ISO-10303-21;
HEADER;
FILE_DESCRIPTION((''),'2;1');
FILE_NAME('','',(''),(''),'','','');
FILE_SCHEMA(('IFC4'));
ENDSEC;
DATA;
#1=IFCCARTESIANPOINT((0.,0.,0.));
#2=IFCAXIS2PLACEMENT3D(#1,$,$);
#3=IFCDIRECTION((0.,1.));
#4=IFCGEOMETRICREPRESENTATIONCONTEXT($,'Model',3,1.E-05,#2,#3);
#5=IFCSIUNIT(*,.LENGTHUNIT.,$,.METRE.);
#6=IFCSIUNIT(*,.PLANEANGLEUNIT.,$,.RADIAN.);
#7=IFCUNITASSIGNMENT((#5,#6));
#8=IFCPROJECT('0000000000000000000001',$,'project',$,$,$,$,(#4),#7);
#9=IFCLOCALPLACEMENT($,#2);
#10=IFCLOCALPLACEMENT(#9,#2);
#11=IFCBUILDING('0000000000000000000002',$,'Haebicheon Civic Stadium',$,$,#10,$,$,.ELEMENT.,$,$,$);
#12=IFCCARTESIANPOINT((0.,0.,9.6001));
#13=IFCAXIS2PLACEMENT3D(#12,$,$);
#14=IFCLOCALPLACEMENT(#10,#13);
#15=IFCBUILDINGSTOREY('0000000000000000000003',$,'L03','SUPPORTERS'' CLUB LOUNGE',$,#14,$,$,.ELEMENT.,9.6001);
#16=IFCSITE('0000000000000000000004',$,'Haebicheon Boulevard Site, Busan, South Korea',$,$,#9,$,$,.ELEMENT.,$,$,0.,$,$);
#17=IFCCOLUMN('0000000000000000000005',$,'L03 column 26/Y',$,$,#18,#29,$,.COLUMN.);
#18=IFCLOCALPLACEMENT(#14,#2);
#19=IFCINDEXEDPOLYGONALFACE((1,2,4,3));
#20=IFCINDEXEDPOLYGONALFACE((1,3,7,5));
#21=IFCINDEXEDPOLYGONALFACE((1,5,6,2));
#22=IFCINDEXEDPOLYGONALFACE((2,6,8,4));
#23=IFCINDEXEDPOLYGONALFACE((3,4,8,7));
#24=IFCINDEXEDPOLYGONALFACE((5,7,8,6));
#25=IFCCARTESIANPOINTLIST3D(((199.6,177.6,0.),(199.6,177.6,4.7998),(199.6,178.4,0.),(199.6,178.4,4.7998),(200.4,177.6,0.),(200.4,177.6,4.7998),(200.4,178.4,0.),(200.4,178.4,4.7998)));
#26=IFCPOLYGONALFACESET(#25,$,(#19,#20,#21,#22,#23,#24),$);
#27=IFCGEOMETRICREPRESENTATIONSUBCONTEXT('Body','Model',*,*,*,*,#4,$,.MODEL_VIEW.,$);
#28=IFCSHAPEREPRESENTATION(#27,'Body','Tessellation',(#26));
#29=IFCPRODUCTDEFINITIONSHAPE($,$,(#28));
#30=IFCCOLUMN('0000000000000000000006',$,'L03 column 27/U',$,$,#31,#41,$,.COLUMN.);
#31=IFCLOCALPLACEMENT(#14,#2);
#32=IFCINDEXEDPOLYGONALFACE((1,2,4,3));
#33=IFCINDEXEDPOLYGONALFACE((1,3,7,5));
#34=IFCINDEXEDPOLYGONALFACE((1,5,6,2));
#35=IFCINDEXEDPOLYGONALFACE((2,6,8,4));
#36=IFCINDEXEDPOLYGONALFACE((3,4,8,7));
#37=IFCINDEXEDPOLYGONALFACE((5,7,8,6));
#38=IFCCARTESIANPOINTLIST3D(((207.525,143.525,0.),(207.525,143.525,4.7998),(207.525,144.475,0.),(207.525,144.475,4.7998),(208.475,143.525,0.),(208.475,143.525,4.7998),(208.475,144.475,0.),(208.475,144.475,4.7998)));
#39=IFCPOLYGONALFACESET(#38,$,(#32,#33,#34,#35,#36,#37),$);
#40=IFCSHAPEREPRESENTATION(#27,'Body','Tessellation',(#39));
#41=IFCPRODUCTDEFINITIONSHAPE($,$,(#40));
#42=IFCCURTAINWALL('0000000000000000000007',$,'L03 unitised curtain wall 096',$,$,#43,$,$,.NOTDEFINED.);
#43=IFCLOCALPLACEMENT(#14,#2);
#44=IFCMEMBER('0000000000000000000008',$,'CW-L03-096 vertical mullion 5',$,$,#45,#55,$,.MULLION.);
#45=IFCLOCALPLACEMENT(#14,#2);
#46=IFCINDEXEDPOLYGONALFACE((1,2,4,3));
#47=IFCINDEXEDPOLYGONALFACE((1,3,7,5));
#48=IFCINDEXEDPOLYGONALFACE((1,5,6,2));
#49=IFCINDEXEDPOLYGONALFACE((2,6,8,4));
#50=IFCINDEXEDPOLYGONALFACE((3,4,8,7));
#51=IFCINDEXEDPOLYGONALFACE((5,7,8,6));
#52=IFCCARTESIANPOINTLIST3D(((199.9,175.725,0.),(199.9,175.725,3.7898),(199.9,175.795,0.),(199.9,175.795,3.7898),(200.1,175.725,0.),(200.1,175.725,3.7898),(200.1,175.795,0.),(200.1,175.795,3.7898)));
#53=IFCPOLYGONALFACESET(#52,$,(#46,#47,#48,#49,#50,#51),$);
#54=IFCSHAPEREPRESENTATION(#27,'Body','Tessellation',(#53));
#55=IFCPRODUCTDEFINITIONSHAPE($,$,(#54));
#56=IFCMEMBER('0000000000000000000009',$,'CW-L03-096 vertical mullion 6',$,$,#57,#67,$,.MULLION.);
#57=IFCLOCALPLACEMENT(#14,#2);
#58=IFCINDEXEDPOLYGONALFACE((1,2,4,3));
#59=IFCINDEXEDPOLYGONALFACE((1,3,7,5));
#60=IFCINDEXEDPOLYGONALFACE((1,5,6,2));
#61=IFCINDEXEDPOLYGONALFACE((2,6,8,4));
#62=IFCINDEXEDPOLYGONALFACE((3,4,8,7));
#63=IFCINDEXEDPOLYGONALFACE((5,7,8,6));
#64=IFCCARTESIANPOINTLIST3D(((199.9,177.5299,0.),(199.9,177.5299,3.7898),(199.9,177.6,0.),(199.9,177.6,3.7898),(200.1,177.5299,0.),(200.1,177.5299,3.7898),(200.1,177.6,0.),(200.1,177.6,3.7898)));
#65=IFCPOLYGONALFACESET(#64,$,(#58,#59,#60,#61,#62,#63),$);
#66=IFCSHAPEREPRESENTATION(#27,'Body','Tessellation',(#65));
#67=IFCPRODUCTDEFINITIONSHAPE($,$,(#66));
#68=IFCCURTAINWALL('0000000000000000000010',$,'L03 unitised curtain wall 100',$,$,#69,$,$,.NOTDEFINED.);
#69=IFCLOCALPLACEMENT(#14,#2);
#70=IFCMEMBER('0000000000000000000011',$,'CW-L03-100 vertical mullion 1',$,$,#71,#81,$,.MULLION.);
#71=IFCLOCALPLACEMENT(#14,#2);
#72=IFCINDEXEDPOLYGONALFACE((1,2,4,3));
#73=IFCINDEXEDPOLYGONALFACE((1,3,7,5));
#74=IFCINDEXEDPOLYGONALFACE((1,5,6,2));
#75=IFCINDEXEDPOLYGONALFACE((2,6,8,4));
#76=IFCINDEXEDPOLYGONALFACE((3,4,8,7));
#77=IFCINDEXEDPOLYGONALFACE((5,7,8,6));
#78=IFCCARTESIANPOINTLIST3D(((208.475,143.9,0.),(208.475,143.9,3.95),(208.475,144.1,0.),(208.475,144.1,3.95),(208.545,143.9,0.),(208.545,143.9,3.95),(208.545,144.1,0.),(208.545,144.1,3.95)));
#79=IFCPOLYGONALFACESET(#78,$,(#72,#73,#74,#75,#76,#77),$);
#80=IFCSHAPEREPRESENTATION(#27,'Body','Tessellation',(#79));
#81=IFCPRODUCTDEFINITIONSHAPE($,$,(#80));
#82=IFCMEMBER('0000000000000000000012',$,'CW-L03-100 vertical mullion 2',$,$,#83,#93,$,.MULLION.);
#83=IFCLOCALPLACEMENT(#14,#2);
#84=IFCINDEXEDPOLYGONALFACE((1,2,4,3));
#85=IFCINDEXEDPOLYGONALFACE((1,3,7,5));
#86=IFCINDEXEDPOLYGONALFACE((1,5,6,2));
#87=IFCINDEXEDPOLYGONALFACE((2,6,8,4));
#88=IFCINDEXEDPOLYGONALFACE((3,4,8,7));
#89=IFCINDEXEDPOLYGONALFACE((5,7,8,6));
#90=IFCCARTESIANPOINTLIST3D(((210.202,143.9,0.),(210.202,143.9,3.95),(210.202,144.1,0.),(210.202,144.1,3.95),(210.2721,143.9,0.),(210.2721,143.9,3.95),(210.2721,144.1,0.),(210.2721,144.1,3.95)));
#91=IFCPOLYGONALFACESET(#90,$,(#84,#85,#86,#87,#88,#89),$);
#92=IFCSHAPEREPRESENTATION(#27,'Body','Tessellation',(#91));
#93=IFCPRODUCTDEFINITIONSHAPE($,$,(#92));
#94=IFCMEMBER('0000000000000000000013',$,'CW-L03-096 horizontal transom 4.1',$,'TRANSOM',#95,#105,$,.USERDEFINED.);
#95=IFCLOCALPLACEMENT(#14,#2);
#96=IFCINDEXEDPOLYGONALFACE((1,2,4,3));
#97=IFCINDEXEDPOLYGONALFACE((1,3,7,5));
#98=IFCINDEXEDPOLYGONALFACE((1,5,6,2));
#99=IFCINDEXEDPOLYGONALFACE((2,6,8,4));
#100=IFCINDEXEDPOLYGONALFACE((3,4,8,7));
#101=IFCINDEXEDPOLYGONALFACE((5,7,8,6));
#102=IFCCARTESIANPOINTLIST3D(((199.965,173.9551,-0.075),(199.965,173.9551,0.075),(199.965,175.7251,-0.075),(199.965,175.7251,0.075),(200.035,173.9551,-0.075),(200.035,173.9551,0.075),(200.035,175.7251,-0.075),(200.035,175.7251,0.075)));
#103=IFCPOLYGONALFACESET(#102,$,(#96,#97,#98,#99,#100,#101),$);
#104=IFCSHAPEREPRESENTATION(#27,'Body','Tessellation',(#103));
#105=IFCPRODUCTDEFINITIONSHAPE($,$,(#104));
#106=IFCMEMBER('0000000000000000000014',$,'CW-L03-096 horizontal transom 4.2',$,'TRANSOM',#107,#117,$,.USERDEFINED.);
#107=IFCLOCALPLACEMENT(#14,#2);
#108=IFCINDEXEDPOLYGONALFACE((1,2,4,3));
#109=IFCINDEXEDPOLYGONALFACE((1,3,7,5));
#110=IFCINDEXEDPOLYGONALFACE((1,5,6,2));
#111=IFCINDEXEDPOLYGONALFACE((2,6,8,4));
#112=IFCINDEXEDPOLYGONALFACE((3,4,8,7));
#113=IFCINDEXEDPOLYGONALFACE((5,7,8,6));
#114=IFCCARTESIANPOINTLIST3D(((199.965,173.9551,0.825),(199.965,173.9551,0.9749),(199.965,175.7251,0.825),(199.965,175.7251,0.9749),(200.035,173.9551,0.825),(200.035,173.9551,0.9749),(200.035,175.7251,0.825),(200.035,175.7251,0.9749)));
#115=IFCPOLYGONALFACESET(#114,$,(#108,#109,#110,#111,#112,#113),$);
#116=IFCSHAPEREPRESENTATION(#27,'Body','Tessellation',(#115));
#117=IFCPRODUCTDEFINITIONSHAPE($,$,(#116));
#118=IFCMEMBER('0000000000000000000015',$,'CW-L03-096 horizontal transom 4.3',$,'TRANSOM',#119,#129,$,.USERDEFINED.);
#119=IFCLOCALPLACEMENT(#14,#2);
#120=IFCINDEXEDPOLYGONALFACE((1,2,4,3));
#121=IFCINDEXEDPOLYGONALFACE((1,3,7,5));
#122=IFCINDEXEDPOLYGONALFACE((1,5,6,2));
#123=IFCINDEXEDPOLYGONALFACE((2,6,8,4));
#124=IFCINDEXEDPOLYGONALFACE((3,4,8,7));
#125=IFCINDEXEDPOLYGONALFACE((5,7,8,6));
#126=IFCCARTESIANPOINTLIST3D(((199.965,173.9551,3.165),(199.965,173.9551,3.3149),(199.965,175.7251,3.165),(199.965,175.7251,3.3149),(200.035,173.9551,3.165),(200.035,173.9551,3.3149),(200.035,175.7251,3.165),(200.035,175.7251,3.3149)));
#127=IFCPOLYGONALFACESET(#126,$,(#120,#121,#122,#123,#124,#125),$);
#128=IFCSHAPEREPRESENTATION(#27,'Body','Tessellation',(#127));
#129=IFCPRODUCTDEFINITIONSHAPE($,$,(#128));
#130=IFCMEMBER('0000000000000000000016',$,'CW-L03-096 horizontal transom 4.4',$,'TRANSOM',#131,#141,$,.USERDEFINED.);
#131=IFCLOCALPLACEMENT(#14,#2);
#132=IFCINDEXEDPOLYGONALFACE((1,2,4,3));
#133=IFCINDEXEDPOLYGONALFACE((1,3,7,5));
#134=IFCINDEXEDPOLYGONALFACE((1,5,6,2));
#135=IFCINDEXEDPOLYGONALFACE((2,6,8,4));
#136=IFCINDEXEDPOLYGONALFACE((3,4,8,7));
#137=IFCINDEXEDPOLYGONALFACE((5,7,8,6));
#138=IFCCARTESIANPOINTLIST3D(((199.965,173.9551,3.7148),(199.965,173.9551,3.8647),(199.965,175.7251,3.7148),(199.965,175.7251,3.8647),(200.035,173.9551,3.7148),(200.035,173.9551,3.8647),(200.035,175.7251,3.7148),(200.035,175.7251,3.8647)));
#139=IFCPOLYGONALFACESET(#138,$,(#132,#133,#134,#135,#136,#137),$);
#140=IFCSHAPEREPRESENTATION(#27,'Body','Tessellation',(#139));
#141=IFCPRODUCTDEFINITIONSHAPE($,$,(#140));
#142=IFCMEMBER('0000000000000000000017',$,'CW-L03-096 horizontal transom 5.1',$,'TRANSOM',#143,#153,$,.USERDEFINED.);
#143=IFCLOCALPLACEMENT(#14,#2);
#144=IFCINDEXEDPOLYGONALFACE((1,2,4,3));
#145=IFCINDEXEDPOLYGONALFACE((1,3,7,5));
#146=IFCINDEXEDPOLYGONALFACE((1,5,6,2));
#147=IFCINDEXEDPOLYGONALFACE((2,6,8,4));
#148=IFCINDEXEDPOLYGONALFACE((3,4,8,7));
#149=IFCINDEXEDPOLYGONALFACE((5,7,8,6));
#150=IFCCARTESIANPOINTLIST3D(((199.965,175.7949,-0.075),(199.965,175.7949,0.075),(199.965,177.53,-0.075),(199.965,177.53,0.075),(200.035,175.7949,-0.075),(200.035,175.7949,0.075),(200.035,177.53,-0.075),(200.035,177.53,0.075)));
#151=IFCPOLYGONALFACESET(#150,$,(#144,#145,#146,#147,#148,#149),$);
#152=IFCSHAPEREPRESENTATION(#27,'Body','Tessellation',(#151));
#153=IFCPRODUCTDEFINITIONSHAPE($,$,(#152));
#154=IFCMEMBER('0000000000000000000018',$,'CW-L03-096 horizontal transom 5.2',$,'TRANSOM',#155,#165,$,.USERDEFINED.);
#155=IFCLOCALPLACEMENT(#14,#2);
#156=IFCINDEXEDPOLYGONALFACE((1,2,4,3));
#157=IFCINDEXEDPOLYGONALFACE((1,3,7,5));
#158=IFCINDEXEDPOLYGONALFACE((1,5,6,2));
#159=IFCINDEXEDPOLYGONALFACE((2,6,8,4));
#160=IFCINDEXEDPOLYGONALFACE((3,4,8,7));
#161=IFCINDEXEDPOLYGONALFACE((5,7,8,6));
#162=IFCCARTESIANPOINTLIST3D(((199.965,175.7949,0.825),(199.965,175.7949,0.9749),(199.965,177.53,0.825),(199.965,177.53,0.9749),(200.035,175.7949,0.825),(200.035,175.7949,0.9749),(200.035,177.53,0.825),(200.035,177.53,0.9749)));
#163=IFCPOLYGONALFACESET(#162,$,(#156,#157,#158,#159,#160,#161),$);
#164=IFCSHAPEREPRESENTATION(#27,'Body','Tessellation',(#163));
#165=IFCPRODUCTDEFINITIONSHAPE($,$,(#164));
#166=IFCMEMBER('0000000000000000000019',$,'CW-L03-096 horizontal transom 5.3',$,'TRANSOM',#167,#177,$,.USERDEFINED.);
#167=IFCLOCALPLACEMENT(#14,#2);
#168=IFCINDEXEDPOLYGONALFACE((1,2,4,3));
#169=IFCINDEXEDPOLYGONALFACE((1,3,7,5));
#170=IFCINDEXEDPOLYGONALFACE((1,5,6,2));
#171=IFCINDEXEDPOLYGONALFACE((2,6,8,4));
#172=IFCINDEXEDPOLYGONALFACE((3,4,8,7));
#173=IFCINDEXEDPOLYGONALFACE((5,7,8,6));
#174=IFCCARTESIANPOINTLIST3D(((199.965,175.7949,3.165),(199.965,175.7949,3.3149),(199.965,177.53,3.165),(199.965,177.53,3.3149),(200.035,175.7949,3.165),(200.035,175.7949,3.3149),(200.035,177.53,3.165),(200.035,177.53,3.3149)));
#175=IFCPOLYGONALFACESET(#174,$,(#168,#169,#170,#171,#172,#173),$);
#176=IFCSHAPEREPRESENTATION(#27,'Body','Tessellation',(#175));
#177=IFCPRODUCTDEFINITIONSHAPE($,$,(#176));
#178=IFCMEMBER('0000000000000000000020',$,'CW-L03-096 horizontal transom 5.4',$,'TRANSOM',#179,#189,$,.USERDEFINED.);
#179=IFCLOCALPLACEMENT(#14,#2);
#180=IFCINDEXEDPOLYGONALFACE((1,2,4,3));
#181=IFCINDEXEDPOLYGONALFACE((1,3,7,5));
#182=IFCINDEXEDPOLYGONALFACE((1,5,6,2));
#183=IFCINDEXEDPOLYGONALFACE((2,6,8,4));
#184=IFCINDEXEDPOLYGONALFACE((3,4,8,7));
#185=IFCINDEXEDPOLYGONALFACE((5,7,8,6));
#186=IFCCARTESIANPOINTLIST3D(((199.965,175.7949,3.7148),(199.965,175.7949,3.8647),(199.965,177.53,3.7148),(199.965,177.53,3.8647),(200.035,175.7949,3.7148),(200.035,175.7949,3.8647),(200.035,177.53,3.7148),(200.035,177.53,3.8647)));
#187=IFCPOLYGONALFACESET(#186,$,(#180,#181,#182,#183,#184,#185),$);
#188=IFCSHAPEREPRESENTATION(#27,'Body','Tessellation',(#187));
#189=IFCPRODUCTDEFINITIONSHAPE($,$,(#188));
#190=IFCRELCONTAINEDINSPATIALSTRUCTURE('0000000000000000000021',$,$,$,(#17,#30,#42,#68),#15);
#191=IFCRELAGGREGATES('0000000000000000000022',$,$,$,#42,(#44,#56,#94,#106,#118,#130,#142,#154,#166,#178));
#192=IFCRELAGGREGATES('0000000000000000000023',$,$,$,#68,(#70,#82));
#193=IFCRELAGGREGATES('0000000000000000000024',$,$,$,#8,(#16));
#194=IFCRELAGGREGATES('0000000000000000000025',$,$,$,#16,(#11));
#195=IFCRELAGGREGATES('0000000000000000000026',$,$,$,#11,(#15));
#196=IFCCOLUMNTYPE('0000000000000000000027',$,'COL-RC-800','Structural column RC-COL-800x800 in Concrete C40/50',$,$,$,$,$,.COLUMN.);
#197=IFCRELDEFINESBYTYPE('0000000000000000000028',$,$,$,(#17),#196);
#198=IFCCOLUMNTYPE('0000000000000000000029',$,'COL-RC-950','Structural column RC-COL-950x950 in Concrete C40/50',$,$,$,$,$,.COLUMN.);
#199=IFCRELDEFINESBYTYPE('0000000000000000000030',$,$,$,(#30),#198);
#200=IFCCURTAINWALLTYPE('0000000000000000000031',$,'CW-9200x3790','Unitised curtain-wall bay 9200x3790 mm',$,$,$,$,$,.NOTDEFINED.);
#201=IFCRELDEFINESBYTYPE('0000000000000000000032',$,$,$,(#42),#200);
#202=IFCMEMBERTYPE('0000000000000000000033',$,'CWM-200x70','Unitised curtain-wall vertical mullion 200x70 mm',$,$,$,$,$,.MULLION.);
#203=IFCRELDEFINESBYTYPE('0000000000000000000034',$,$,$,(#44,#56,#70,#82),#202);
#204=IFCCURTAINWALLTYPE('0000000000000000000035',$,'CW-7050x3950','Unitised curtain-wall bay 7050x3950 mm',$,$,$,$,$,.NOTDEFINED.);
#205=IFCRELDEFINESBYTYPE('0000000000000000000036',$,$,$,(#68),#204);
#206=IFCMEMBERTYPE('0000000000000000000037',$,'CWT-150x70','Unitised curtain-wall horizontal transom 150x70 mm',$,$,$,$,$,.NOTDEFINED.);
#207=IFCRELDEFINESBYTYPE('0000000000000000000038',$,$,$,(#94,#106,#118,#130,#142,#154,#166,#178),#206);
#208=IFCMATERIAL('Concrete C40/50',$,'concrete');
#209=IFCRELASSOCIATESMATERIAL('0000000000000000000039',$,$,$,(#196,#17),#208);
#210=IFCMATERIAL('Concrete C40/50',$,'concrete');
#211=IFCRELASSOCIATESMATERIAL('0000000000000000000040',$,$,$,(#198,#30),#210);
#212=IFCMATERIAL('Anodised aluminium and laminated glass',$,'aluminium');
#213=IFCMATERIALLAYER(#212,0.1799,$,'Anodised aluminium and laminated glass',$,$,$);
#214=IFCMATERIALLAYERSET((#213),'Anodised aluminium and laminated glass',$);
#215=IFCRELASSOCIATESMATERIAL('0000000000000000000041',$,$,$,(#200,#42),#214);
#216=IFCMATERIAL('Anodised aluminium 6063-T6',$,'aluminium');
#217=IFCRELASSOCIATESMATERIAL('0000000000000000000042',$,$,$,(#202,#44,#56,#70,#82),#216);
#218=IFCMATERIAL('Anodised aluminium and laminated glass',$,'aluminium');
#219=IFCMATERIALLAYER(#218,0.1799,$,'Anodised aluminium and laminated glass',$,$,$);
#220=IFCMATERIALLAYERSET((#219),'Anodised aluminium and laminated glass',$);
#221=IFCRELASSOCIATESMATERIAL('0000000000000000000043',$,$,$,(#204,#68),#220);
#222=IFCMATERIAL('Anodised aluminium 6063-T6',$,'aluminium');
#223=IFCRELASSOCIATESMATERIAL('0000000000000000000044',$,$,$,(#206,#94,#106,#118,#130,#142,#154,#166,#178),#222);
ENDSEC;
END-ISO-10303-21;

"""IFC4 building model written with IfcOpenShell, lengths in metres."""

from ifc_helpers import new_model, si_unit, direction, frame, origin, origin_2d, place, context, subcontext, project, spatial, rectangle, extrude, material, layer, layer_set, material_profile, profile_set, type_object, element, aggregate, save


model = new_model("IFC4")

# Units and contexts
model_context = context("Model", 3, precision=1e-05, world=origin(), true_north=direction((0.0, 1.0)))
body_context = subcontext(model_context, "Body", "Model", "MODEL_VIEW")
ifc_project = project(units=[si_unit("LENGTHUNIT", "METRE"), si_unit("PLANEANGLEUNIT", "RADIAN")], contexts=[model_context])

# Site, building, storey
site_placement = place(None, origin())
site = spatial("IfcSite", under=ifc_project, at=site_placement, Name="Haebicheon Boulevard Site, Busan, South Korea", CompositionType="ELEMENT", RefElevation=0.0)
building_placement = place(site_placement, origin())
building = spatial("IfcBuilding", under=site, at=building_placement, Name="Haebicheon Civic Stadium", CompositionType="ELEMENT")
storey_placement = place(building_placement, frame((0.0, 0.0, 9.6001)))
storey = spatial("IfcBuildingStorey", under=building, at=storey_placement, Name="L03", Description="SUPPORTERS' CLUB LOUNGE", CompositionType="ELEMENT", Elevation=9.6001)

# Columns
ifc_material_1 = material(Name="Concrete C40/50", Category="concrete")
ifc_material_profile_1 = material_profile(ifc_material_1, rectangle(XDim=0.8, YDim=0.8, at=origin_2d()), Name="RC-COL-800x800")
ifc_profile_set_1 = profile_set([ifc_material_profile_1], Name="Concrete C40/50")
column_type_1 = type_object("IfcColumnType", Name="COL-RC-800", Description="Structural column RC-COL-800x800 in Concrete C40/50", PredefinedType="COLUMN", material=ifc_profile_set_1)
column_1_placement = place(storey_placement, frame((200.0, 178.0, 0.0), z_axis=(0.0, 0.0, 1.0), x_axis=(1.0, 0.0, 0.0)))
element("IfcColumn", 1, at=column_1_placement, inside=storey, type_object=column_type_1, material=ifc_profile_set_1, Name="L03 column 26/Y", PredefinedType="COLUMN", context=body_context, shape_type="SweptSolid", body=[
    extrude(rectangle(XDim=0.8, YDim=0.8, at=origin_2d()), origin(), (0.0, 0.0, 1.0), 4.7998),
])
ifc_material_2 = material(Name="Concrete C40/50", Category="concrete")
ifc_material_profile_2 = material_profile(ifc_material_2, rectangle(XDim=0.95, YDim=0.95, at=origin_2d()), Name="RC-COL-950x950")
ifc_profile_set_2 = profile_set([ifc_material_profile_2], Name="Concrete C40/50")
column_type_2 = type_object("IfcColumnType", Name="COL-RC-950", Description="Structural column RC-COL-950x950 in Concrete C40/50", PredefinedType="COLUMN", material=ifc_profile_set_2)
column_2_placement = place(storey_placement, frame((208.0, 144.0, 0.0), z_axis=(0.0, 0.0, 1.0), x_axis=(1.0, 0.0, 0.0)))
element("IfcColumn", 2, at=column_2_placement, inside=storey, type_object=column_type_2, material=ifc_profile_set_2, Name="L03 column 27/U", PredefinedType="COLUMN", context=body_context, shape_type="SweptSolid", body=[
    extrude(rectangle(XDim=0.95, YDim=0.95, at=origin_2d()), origin(), (0.0, 0.0, 1.0), 4.7998),
])

# Curtain walls, members
ifc_material_3 = material(Name="Anodised aluminium and laminated glass", Category="aluminium")
ifc_layer_1 = layer(ifc_material_3, 0.1799, Name="Anodised aluminium and laminated glass")
ifc_layer_set_1 = layer_set([ifc_layer_1], Name="Anodised aluminium and laminated glass")
curtain_wall_type_1 = type_object("IfcCurtainWallType", Name="CW-9200x3790", Description="Unitised curtain-wall bay 9200x3790 mm", PredefinedType="NOTDEFINED", material=ifc_layer_set_1)
curtain_wall_1_placement = place(storey_placement, origin())
curtain_wall_1 = element("IfcCurtainWall", 3, at=curtain_wall_1_placement, inside=storey, type_object=curtain_wall_type_1, material=ifc_layer_set_1, Name="L03 unitised curtain wall 096", PredefinedType="NOTDEFINED")
ifc_material_4 = material(Name="Anodised aluminium 6063-T6", Category="aluminium")
ifc_material_profile_3 = material_profile(ifc_material_4, rectangle(XDim=0.0701, YDim=0.2, at=origin_2d()), Name="ALU-MULL-70x200")
ifc_profile_set_3 = profile_set([ifc_material_profile_3], Name="Anodised aluminium 6063-T6")
member_type_1 = type_object("IfcMemberType", Name="CWM-200x70", Description="Unitised curtain-wall vertical mullion 200x70 mm", PredefinedType="MULLION", material=ifc_profile_set_3)
member_1_placement = place(storey_placement, frame((200.0, 175.76, 0.0), z_axis=(0.0, 0.0, 1.0), x_axis=(0.0, 1.0, 0.0)))
member_1 = element("IfcMember", 4, at=member_1_placement, type_object=member_type_1, material=ifc_profile_set_3, Name="CW-L03-096 vertical mullion 5", PredefinedType="MULLION", context=body_context, shape_type="SweptSolid", body=[
    extrude(rectangle(XDim=0.0701, YDim=0.2, at=origin_2d()), origin(), (0.0, 0.0, 1.0), 3.7898),
])
member_2_placement = place(storey_placement, frame((200.0, 177.5649, 0.0), z_axis=(0.0, 0.0, 1.0), x_axis=(0.0, 1.0, 0.0)))
member_2 = element("IfcMember", 5, at=member_2_placement, type_object=member_type_1, material=ifc_profile_set_3, Name="CW-L03-096 vertical mullion 6", PredefinedType="MULLION", context=body_context, shape_type="SweptSolid", body=[
    extrude(rectangle(XDim=0.0701, YDim=0.2, at=origin_2d()), origin(), (0.0, 0.0, 1.0), 3.7898),
])
ifc_material_5 = material(Name="Anodised aluminium and laminated glass", Category="aluminium")
ifc_layer_2 = layer(ifc_material_5, 0.1799, Name="Anodised aluminium and laminated glass")
ifc_layer_set_2 = layer_set([ifc_layer_2], Name="Anodised aluminium and laminated glass")
curtain_wall_type_2 = type_object("IfcCurtainWallType", Name="CW-7050x3950", Description="Unitised curtain-wall bay 7050x3950 mm", PredefinedType="NOTDEFINED", material=ifc_layer_set_2)
curtain_wall_2_placement = place(storey_placement, origin())
curtain_wall_2 = element("IfcCurtainWall", 6, at=curtain_wall_2_placement, inside=storey, type_object=curtain_wall_type_2, material=ifc_layer_set_2, Name="L03 unitised curtain wall 100", PredefinedType="NOTDEFINED")
member_3_placement = place(storey_placement, frame((208.51, 144.0, 0.0), z_axis=(0.0, 0.0, 1.0), x_axis=(1.0, 0.0, 0.0)))
member_3 = element("IfcMember", 7, at=member_3_placement, type_object=member_type_1, material=ifc_profile_set_3, Name="CW-L03-100 vertical mullion 1", PredefinedType="MULLION", context=body_context, shape_type="SweptSolid", body=[
    extrude(rectangle(XDim=0.0701, YDim=0.2, at=origin_2d()), origin(), (0.0, 0.0, 1.0), 3.95),
])
member_4_placement = place(storey_placement, frame((210.2371, 144.0, 0.0), z_axis=(0.0, 0.0, 1.0), x_axis=(1.0, 0.0, 0.0)))
member_4 = element("IfcMember", 8, at=member_4_placement, type_object=member_type_1, material=ifc_profile_set_3, Name="CW-L03-100 vertical mullion 2", PredefinedType="MULLION", context=body_context, shape_type="SweptSolid", body=[
    extrude(rectangle(XDim=0.0701, YDim=0.2, at=origin_2d()), origin(), (0.0, 0.0, 1.0), 3.95),
])

# Members
ifc_material_6 = material(Name="Anodised aluminium 6063-T6", Category="aluminium")
ifc_material_profile_4 = material_profile(ifc_material_6, rectangle(XDim=0.0701, YDim=0.1499, at=origin_2d()), Name="ALU-TRAN-70x150")
ifc_profile_set_4 = profile_set([ifc_material_profile_4], Name="Anodised aluminium 6063-T6")
member_type_2 = type_object("IfcMemberType", Name="CWT-150x70", Description="Unitised curtain-wall horizontal transom 150x70 mm", PredefinedType="NOTDEFINED", material=ifc_profile_set_4)
member_5_placement = place(storey_placement, frame((200.0, 173.9551, 0.0), z_axis=(0.0, 1.0, 0.0), x_axis=(-1.0, 0.0, 0.0)))
member_5 = element("IfcMember", 9, at=member_5_placement, type_object=member_type_2, material=ifc_profile_set_4, Name="CW-L03-096 horizontal transom 4.1", ObjectType="TRANSOM", PredefinedType="USERDEFINED", context=body_context, shape_type="SweptSolid", body=[
    extrude(rectangle(XDim=0.0701, YDim=0.1499, at=origin_2d()), origin(), (0.0, 0.0, 1.0), 1.77),
])
member_6_placement = place(storey_placement, frame((200.0, 173.9551, 0.8999), z_axis=(0.0, 1.0, 0.0), x_axis=(-1.0, 0.0, 0.0)))
member_6 = element("IfcMember", 10, at=member_6_placement, type_object=member_type_2, material=ifc_profile_set_4, Name="CW-L03-096 horizontal transom 4.2", ObjectType="TRANSOM", PredefinedType="USERDEFINED", context=body_context, shape_type="SweptSolid", body=[
    extrude(rectangle(XDim=0.0701, YDim=0.1499, at=origin_2d()), origin(), (0.0, 0.0, 1.0), 1.77),
])
member_7_placement = place(storey_placement, frame((200.0, 173.9551, 3.24), z_axis=(0.0, 1.0, 0.0), x_axis=(-1.0, 0.0, 0.0)))
member_7 = element("IfcMember", 11, at=member_7_placement, type_object=member_type_2, material=ifc_profile_set_4, Name="CW-L03-096 horizontal transom 4.3", ObjectType="TRANSOM", PredefinedType="USERDEFINED", context=body_context, shape_type="SweptSolid", body=[
    extrude(rectangle(XDim=0.0701, YDim=0.1499, at=origin_2d()), origin(), (0.0, 0.0, 1.0), 1.77),
])
member_8_placement = place(storey_placement, frame((200.0, 173.9551, 3.7898), z_axis=(0.0, 1.0, 0.0), x_axis=(-1.0, 0.0, 0.0)))
member_8 = element("IfcMember", 12, at=member_8_placement, type_object=member_type_2, material=ifc_profile_set_4, Name="CW-L03-096 horizontal transom 4.4", ObjectType="TRANSOM", PredefinedType="USERDEFINED", context=body_context, shape_type="SweptSolid", body=[
    extrude(rectangle(XDim=0.0701, YDim=0.1499, at=origin_2d()), origin(), (0.0, 0.0, 1.0), 1.77),
])
member_9_placement = place(storey_placement, frame((200.0, 175.7949, 0.0), z_axis=(0.0, 1.0, 0.0), x_axis=(-1.0, 0.0, 0.0)))
member_9 = element("IfcMember", 13, at=member_9_placement, type_object=member_type_2, material=ifc_profile_set_4, Name="CW-L03-096 horizontal transom 5.1", ObjectType="TRANSOM", PredefinedType="USERDEFINED", context=body_context, shape_type="SweptSolid", body=[
    extrude(rectangle(XDim=0.0701, YDim=0.1499, at=origin_2d()), origin(), (0.0, 0.0, 1.0), 1.7351),
])
member_10_placement = place(storey_placement, frame((200.0, 175.7949, 0.8999), z_axis=(0.0, 1.0, 0.0), x_axis=(-1.0, 0.0, 0.0)))
member_10 = element("IfcMember", 14, at=member_10_placement, type_object=member_type_2, material=ifc_profile_set_4, Name="CW-L03-096 horizontal transom 5.2", ObjectType="TRANSOM", PredefinedType="USERDEFINED", context=body_context, shape_type="SweptSolid", body=[
    extrude(rectangle(XDim=0.0701, YDim=0.1499, at=origin_2d()), origin(), (0.0, 0.0, 1.0), 1.7351),
])
member_11_placement = place(storey_placement, frame((200.0, 175.7949, 3.24), z_axis=(0.0, 1.0, 0.0), x_axis=(-1.0, 0.0, 0.0)))
member_11 = element("IfcMember", 15, at=member_11_placement, type_object=member_type_2, material=ifc_profile_set_4, Name="CW-L03-096 horizontal transom 5.3", ObjectType="TRANSOM", PredefinedType="USERDEFINED", context=body_context, shape_type="SweptSolid", body=[
    extrude(rectangle(XDim=0.0701, YDim=0.1499, at=origin_2d()), origin(), (0.0, 0.0, 1.0), 1.7351),
])
member_12_placement = place(storey_placement, frame((200.0, 175.7949, 3.7898), z_axis=(0.0, 1.0, 0.0), x_axis=(-1.0, 0.0, 0.0)))
member_12 = element("IfcMember", 16, at=member_12_placement, type_object=member_type_2, material=ifc_profile_set_4, Name="CW-L03-096 horizontal transom 5.4", ObjectType="TRANSOM", PredefinedType="USERDEFINED", context=body_context, shape_type="SweptSolid", body=[
    extrude(rectangle(XDim=0.0701, YDim=0.1499, at=origin_2d()), origin(), (0.0, 0.0, 1.0), 1.7351),
])

aggregate(curtain_wall_1, [member_1, member_2, member_5, member_6, member_7, member_8, member_9, member_10, member_11, member_12])
aggregate(curtain_wall_2, [member_3, member_4])

save(model, "model.ifc")
